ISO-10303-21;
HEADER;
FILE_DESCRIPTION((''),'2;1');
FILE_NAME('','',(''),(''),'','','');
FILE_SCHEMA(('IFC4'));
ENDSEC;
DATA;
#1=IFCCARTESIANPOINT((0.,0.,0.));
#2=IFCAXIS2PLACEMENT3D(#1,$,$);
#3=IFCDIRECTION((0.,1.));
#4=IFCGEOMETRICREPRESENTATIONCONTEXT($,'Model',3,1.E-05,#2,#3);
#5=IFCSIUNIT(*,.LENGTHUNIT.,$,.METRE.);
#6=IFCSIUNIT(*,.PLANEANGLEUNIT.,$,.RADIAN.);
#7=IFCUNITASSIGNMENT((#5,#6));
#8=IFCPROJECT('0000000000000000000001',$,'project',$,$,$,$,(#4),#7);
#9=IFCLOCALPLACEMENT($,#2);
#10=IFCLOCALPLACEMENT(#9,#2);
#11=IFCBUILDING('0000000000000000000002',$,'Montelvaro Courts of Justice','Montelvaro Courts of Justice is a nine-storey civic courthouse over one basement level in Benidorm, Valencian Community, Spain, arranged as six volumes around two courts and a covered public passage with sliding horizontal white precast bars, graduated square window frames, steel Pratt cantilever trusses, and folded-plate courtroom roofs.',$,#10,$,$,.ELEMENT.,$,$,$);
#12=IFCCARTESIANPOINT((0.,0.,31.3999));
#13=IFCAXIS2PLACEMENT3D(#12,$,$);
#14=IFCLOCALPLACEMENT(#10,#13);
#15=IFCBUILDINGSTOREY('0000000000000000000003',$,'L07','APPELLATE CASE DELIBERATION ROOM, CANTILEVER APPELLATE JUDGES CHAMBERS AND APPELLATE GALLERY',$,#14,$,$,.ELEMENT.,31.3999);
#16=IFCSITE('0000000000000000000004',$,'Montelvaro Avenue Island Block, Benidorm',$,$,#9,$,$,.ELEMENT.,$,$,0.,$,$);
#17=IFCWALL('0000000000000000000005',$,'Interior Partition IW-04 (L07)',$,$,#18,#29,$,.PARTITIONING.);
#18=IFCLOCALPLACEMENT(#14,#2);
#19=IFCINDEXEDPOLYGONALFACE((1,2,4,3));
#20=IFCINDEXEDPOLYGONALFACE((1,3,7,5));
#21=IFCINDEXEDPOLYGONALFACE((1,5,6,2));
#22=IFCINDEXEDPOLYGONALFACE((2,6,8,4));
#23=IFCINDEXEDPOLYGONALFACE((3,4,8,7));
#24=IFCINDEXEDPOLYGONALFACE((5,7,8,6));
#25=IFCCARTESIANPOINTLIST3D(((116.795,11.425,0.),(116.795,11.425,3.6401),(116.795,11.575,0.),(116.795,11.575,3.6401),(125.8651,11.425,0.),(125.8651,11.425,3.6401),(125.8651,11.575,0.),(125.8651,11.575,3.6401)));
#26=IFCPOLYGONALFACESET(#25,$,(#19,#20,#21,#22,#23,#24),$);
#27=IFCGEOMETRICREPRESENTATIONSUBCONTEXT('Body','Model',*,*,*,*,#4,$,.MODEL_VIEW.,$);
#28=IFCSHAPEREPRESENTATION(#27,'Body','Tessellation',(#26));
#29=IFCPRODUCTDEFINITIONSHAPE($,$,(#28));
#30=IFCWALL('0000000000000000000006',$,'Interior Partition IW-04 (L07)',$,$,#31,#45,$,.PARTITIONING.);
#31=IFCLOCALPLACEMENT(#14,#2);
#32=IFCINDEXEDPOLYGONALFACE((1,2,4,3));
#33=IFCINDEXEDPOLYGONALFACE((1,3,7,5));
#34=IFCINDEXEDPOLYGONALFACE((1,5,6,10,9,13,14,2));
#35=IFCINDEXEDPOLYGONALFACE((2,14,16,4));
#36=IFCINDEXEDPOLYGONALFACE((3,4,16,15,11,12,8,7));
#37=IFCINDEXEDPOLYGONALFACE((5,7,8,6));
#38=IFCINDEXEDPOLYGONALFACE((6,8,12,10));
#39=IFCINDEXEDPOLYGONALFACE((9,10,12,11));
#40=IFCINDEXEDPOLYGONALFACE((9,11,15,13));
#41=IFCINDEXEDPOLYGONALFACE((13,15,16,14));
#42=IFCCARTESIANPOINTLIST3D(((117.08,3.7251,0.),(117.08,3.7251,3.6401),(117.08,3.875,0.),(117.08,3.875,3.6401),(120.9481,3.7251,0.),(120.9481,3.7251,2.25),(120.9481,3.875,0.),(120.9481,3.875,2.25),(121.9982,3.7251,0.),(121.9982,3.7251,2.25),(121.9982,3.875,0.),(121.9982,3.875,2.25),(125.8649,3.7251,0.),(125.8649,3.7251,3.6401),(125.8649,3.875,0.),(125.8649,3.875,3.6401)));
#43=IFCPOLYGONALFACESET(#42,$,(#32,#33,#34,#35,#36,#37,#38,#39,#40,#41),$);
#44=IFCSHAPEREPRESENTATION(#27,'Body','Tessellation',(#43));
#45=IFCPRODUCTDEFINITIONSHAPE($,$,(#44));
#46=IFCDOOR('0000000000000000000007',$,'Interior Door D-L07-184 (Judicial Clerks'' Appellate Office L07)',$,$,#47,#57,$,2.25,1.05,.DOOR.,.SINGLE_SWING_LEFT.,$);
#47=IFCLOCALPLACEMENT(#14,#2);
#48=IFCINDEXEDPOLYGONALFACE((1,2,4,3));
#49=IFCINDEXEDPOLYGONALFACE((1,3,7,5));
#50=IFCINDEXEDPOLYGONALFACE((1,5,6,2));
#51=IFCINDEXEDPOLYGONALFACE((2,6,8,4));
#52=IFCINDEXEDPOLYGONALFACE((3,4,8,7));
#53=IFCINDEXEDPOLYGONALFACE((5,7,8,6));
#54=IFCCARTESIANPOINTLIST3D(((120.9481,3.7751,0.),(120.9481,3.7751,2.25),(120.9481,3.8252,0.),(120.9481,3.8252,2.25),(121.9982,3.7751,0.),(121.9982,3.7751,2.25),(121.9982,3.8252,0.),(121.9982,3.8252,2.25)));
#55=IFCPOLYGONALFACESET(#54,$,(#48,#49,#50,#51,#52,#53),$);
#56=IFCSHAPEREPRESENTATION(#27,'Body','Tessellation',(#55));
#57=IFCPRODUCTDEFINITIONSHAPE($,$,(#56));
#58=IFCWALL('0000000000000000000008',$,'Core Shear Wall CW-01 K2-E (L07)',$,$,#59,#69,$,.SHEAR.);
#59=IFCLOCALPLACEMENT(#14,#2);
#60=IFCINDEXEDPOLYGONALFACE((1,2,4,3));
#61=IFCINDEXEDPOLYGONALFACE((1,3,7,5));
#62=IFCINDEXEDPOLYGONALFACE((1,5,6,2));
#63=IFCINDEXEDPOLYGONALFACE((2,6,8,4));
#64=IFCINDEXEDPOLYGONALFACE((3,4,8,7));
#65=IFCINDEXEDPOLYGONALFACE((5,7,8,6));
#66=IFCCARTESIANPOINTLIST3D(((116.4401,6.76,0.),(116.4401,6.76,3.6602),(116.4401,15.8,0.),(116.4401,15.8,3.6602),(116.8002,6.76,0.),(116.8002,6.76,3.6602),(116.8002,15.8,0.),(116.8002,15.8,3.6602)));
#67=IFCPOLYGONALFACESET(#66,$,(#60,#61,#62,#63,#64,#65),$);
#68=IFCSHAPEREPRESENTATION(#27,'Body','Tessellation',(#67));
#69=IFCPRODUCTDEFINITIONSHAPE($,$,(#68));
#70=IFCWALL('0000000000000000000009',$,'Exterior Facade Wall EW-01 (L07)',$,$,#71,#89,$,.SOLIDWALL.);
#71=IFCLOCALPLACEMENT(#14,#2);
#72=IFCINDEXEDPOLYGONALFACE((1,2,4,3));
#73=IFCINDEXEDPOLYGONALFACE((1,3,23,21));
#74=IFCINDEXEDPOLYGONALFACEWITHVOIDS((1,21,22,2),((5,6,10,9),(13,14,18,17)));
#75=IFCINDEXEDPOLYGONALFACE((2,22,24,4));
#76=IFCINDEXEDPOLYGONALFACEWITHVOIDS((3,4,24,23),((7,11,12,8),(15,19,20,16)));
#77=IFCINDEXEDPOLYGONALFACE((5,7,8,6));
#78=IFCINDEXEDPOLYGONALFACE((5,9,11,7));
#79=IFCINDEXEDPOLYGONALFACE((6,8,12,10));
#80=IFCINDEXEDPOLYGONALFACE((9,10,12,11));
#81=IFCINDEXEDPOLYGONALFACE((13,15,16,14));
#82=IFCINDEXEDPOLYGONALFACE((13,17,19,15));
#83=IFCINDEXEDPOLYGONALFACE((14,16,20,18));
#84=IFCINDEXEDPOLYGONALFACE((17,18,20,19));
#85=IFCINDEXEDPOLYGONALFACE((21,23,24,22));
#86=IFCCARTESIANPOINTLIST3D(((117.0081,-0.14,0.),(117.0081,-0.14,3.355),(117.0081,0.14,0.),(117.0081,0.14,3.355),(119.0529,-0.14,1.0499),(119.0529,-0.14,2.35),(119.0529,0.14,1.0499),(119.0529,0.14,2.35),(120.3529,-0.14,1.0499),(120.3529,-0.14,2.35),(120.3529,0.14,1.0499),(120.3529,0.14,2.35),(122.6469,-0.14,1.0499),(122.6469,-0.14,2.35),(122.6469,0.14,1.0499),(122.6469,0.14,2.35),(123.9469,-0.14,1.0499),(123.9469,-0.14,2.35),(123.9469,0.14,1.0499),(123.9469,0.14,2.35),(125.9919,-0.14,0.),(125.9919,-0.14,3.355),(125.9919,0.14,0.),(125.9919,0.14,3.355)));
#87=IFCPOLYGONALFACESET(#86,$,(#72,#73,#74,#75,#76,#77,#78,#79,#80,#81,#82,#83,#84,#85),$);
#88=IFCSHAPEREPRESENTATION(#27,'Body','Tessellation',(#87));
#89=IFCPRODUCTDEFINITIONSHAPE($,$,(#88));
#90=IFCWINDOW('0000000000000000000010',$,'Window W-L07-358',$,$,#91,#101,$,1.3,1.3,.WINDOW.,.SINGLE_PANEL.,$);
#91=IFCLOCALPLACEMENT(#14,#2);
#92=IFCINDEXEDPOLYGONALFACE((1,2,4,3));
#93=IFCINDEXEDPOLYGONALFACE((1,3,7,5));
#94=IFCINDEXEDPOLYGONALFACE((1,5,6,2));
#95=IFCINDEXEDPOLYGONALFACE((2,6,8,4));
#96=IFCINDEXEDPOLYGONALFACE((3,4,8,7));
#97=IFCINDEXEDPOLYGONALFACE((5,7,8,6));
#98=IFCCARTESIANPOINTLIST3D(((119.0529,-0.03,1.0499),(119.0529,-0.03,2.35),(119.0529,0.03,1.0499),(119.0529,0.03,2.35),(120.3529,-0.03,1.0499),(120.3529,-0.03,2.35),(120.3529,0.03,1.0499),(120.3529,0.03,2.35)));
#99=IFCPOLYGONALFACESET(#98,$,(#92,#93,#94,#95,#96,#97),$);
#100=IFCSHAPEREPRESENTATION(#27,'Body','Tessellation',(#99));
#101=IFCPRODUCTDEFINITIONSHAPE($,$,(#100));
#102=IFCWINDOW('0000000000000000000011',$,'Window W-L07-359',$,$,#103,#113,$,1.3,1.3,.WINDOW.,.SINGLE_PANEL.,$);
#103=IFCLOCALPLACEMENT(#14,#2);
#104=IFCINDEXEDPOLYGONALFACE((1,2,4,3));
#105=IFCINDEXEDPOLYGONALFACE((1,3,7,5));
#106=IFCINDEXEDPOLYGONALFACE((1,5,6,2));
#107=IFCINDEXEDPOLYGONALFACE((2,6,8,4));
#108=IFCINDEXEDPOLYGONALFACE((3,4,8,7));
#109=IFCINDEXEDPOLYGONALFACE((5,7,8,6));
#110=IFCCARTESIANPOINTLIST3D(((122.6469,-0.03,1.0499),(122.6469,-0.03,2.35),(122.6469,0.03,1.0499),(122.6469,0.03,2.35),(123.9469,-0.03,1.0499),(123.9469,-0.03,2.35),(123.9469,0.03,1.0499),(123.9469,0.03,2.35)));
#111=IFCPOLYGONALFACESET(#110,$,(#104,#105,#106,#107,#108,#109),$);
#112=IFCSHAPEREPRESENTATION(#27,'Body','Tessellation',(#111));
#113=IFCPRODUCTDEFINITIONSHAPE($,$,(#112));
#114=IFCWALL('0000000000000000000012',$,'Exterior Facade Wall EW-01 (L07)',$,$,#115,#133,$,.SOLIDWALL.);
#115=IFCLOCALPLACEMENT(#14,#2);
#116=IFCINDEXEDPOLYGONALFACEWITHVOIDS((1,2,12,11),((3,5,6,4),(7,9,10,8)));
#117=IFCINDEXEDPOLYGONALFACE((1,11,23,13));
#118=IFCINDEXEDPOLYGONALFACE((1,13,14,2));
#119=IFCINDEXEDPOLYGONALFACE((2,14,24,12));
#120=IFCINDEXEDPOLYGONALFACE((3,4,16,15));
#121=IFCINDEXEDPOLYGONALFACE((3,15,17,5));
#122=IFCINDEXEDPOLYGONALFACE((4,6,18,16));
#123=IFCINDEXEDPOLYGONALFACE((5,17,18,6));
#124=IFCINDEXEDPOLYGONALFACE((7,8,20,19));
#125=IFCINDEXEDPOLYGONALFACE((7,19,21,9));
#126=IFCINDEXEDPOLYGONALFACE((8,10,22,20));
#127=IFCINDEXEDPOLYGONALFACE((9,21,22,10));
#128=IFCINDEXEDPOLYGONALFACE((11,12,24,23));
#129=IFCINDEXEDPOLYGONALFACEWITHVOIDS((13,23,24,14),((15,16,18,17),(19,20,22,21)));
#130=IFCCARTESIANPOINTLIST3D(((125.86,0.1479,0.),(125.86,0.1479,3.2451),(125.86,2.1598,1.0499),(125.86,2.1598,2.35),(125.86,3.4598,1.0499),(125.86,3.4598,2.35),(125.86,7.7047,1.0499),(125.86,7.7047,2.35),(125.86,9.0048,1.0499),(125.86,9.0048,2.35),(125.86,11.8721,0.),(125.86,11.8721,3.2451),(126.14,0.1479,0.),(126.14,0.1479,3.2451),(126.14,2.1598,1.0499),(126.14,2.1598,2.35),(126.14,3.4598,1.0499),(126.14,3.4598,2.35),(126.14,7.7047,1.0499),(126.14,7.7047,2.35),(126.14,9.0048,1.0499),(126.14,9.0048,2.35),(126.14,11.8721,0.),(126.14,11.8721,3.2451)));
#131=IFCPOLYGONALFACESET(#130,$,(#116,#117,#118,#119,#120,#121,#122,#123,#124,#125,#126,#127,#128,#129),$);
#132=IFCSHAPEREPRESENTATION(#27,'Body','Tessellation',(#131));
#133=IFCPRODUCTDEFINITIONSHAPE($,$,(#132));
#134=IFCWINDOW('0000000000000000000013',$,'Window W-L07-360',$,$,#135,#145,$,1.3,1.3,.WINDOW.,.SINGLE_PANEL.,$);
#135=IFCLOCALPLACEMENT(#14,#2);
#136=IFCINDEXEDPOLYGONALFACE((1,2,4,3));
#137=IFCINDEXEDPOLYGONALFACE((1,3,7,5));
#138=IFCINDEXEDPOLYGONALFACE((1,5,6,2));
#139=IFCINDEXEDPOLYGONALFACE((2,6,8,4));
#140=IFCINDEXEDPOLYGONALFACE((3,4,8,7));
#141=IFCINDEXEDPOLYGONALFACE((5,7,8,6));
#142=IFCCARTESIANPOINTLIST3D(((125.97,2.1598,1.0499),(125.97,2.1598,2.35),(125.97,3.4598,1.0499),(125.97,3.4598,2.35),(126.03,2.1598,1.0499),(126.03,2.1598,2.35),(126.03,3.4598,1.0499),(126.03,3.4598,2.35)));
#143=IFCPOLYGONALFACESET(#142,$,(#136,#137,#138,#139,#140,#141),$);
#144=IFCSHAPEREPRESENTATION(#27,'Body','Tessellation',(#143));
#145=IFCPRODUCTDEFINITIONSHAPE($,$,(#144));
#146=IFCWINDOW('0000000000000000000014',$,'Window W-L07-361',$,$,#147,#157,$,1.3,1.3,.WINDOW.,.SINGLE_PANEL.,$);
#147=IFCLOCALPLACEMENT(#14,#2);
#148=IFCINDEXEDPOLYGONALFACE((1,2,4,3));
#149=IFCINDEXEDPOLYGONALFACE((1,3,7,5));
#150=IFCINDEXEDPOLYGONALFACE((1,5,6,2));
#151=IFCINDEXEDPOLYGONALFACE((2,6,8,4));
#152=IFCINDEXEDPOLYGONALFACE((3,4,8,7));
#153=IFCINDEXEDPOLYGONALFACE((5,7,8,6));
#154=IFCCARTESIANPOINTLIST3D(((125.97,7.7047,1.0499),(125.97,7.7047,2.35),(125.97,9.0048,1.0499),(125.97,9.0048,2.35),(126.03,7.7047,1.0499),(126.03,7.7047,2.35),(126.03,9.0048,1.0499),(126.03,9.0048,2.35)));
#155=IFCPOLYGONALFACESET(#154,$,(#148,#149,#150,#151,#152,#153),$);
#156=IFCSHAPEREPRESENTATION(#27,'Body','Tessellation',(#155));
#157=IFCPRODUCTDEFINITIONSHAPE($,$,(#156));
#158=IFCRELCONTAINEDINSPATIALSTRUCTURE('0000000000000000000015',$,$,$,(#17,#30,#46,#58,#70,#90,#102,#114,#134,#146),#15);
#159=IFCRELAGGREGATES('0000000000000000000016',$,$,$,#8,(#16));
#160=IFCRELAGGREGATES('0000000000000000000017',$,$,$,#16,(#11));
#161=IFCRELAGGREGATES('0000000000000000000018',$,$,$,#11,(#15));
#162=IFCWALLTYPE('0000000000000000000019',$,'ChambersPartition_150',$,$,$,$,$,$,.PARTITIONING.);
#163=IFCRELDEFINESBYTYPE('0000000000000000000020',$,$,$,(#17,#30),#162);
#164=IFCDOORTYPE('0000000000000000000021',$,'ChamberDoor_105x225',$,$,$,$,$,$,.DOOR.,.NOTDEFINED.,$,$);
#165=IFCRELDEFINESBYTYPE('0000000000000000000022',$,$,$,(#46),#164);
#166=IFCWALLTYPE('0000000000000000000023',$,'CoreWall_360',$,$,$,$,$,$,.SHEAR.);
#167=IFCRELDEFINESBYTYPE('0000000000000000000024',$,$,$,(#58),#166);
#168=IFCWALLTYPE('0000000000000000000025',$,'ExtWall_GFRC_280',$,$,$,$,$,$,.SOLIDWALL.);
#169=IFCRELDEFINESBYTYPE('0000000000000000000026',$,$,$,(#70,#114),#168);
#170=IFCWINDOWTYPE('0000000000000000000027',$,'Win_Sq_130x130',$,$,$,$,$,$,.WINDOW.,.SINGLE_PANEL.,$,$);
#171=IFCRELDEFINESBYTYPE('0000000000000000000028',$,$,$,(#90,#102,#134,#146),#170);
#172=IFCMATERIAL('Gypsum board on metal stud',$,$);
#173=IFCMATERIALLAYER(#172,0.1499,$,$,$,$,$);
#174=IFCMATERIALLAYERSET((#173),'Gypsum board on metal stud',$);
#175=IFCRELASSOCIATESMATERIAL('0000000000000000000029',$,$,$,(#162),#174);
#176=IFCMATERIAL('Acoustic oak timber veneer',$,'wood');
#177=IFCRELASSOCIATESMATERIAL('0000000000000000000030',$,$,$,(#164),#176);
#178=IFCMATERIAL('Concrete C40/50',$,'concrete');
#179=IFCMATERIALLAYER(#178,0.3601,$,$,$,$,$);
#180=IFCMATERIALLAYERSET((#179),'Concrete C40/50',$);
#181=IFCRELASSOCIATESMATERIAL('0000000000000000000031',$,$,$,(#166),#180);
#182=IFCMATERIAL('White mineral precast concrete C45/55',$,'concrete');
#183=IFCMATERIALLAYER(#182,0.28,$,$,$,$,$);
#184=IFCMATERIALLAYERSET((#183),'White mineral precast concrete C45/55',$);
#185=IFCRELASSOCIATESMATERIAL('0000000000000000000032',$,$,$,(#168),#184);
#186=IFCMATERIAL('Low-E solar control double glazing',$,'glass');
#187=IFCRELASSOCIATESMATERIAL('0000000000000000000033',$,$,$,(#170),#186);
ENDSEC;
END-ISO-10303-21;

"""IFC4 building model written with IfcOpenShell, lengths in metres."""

from ifc_helpers import new_model, si_unit, direction, frame, frame_2d, origin, place, context, subcontext, project, spatial, rectangle, extrude, material, layer, layer_set, type_object, element, fill, save


model = new_model("IFC4")

# Units and contexts
model_context = context("Model", 3, precision=1e-05, world=origin(), true_north=direction((0.0, 1.0)))
body_context = subcontext(model_context, "Body", "Model", "MODEL_VIEW")
ifc_project = project(units=[si_unit("LENGTHUNIT", "METRE"), si_unit("PLANEANGLEUNIT", "RADIAN")], contexts=[model_context])

# Site, building, storey
site_placement = place(None, origin())
site = spatial("IfcSite", under=ifc_project, at=site_placement, Name="Montelvaro Avenue Island Block, Benidorm", CompositionType="ELEMENT", RefElevation=0.0)
building_placement = place(site_placement, origin())
building = spatial("IfcBuilding", under=site, at=building_placement, Name="Montelvaro Courts of Justice", Description="Montelvaro Courts of Justice is a nine-storey civic courthouse over one basement level in Benidorm, Valencian Community, Spain, arranged as six volumes around two courts and a covered public passage with sliding horizontal white precast bars, graduated square window frames, steel Pratt cantilever trusses, and folded-plate courtroom roofs.", CompositionType="ELEMENT")
storey_placement = place(building_placement, frame((0.0, 0.0, 31.3999)))
storey = spatial("IfcBuildingStorey", under=building, at=storey_placement, Name="L07", Description="APPELLATE CASE DELIBERATION ROOM, CANTILEVER APPELLATE JUDGES CHAMBERS AND APPELLATE GALLERY", CompositionType="ELEMENT", Elevation=31.3999)

# Shared definitions
ifc_material_1 = material(Name="White mineral precast concrete C45/55", Category="concrete")

# Wall
ifc_material_2 = material(Name="Gypsum board on metal stud")
ifc_layer_1 = layer(ifc_material_2, 0.1499)
ifc_layer_set_1 = layer_set([ifc_layer_1], Name="Gypsum board on metal stud")
wall_type_1 = type_object("IfcWallType", Name="ChambersPartition_150", PredefinedType="PARTITIONING", material=ifc_layer_set_1)
wall_1_placement = place(storey_placement, frame((116.7949, 11.5, 0.0), z_axis=(0.0, 0.0, 1.0), x_axis=(1.0, 0.0, 0.0)))
element("IfcWall", 1, at=wall_1_placement, inside=storey, type_object=wall_type_1, Name="Interior Partition IW-04 (L07)", PredefinedType="PARTITIONING", context=body_context, shape_type="SweptSolid", body=[
    extrude(rectangle(XDim=9.0701, YDim=0.1499, at=frame_2d((4.5352, 0.0))), origin(), (0.0, 0.0, 1.0), 3.6401),
])

# Wall, opening, door
wall_2_placement = place(storey_placement, frame((125.865, 3.8, 0.0), z_axis=(0.0, 0.0, 1.0), x_axis=(-1.0, 0.0, 0.0)))
wall_2 = element("IfcWall", 2, at=wall_2_placement, inside=storey, type_object=wall_type_1, Name="Interior Partition IW-04 (L07)", PredefinedType="PARTITIONING", context=body_context, shape_type="SweptSolid", body=[
    extrude(rectangle(XDim=8.7849, YDim=0.1499, at=frame_2d((4.3926, 0.0))), origin(), (0.0, 0.0, 1.0), 3.6401),
])
opening_1_placement = place(wall_2_placement, frame((3.8669, 0.0, 0.0)))
opening_1 = element("IfcOpeningElement", 3, at=opening_1_placement, cuts=wall_2, PredefinedType="OPENING", context=body_context, shape_type="SweptSolid", body=[
    extrude(rectangle(XDim=1.05, YDim=2.25, at=frame_2d((0.5249, 1.125))), frame((0.0, 0.0898, 0.0), z_axis=(0.0, -1.0, 0.0), x_axis=(1.0, 0.0, 0.0)), (0.0, 0.0, 1.0), 0.1797),
])
ifc_material_3 = material(Name="Acoustic oak timber veneer", Category="wood")
door_type = type_object("IfcDoorType", Name="ChamberDoor_105x225", OperationType="NOTDEFINED", PredefinedType="DOOR", material=ifc_material_3)
door_placement = place(opening_1_placement, origin())
door = element("IfcDoor", 4, at=door_placement, inside=storey, type_object=door_type, Name="Interior Door D-L07-184 (Judicial Clerks' Appellate Office L07)", OperationType="SINGLE_SWING_LEFT", OverallHeight=2.25, OverallWidth=1.05, PredefinedType="DOOR", context=body_context, shape_type="SweptSolid", body=[
    extrude(rectangle(XDim=1.05, YDim=2.25, at=frame_2d((0.5249, 1.125))), frame((0.0, 0.0249, 0.0), z_axis=(0.0, -1.0, 0.0), x_axis=(1.0, 0.0, 0.0)), (0.0, 0.0, 1.0), 0.05),
])
fill(opening_1, door)

# Wall
ifc_material_4 = material(Name="Concrete C40/50", Category="concrete")
ifc_layer_2 = layer(ifc_material_4, 0.3601)
ifc_layer_set_2 = layer_set([ifc_layer_2], Name="Concrete C40/50")
wall_type_2 = type_object("IfcWallType", Name="CoreWall_360", PredefinedType="SHEAR", material=ifc_layer_set_2)
wall_3_placement = place(storey_placement, frame((116.6201, 6.76, 0.0), z_axis=(0.0, 0.0, 1.0), x_axis=(0.0, 1.0, 0.0)))
element("IfcWall", 5, at=wall_3_placement, inside=storey, type_object=wall_type_2, Name="Core Shear Wall CW-01 K2-E (L07)", PredefinedType="SHEAR", context=body_context, shape_type="SweptSolid", body=[
    extrude(rectangle(XDim=9.04, YDim=0.3601, at=frame_2d((4.52, 0.0))), origin(), (0.0, 0.0, 1.0), 3.6602),
])

# Walls, openings, windows
ifc_layer_3 = layer(ifc_material_1, 0.28)
ifc_layer_set_3 = layer_set([ifc_layer_3], Name="White mineral precast concrete C45/55")
wall_type_3 = type_object("IfcWallType", Name="ExtWall_GFRC_280", PredefinedType="SOLIDWALL", material=ifc_layer_set_3)
wall_4_placement = place(storey_placement, frame((117.0081, 0.0, 0.0), z_axis=(0.0, 0.0, 1.0), x_axis=(1.0, 0.0, 0.0)))
wall_4 = element("IfcWall", 6, at=wall_4_placement, inside=storey, type_object=wall_type_3, Name="Exterior Facade Wall EW-01 (L07)", PredefinedType="SOLIDWALL", context=body_context, shape_type="SweptSolid", body=[
    extrude(rectangle(XDim=8.9839, YDim=0.28, at=frame_2d((4.4919, 0.0))), origin(), (0.0, 0.0, 1.0), 3.355),
])
opening_2_placement = place(wall_4_placement, frame((2.0449, 0.0, 1.05)))
opening_2 = element("IfcOpeningElement", 7, at=opening_2_placement, cuts=wall_4, PredefinedType="OPENING", context=body_context, shape_type="SweptSolid", body=[
    extrude(rectangle(XDim=1.3, YDim=1.3, at=frame_2d((0.6499, 0.6499))), frame((0.0, 0.1548, 0.0), z_axis=(0.0, -1.0, 0.0), x_axis=(1.0, 0.0, 0.0)), (0.0, 0.0, 1.0), 0.3098),
])
opening_3_placement = place(wall_4_placement, frame((5.6389, 0.0, 1.05)))
opening_3 = element("IfcOpeningElement", 8, at=opening_3_placement, cuts=wall_4, PredefinedType="OPENING", context=body_context, shape_type="SweptSolid", body=[
    extrude(rectangle(XDim=1.3, YDim=1.3, at=frame_2d((0.6499, 0.6499))), frame((0.0, 0.1548, 0.0), z_axis=(0.0, -1.0, 0.0), x_axis=(1.0, 0.0, 0.0)), (0.0, 0.0, 1.0), 0.3098),
])
ifc_material_5 = material(Name="Low-E solar control double glazing", Category="glass")
window_type = type_object("IfcWindowType", Name="Win_Sq_130x130", PartitioningType="SINGLE_PANEL", PredefinedType="WINDOW", material=ifc_material_5)
window_1_placement = place(opening_2_placement, origin())
window_1 = element("IfcWindow", 9, at=window_1_placement, inside=storey, type_object=window_type, Name="Window W-L07-358", OverallHeight=1.3, OverallWidth=1.3, PartitioningType="SINGLE_PANEL", PredefinedType="WINDOW", context=body_context, shape_type="SweptSolid", body=[
    extrude(rectangle(XDim=1.3, YDim=1.3, at=frame_2d((0.6499, 0.6499))), frame((0.0, 0.03, 0.0), z_axis=(0.0, -1.0, 0.0), x_axis=(1.0, 0.0, 0.0)), (0.0, 0.0, 1.0), 0.0601),
])
fill(opening_2, window_1)
window_2_placement = place(opening_3_placement, origin())
window_2 = element("IfcWindow", 10, at=window_2_placement, inside=storey, type_object=window_type, Name="Window W-L07-359", OverallHeight=1.3, OverallWidth=1.3, PartitioningType="SINGLE_PANEL", PredefinedType="WINDOW", context=body_context, shape_type="SweptSolid", body=[
    extrude(rectangle(XDim=1.3, YDim=1.3, at=frame_2d((0.6499, 0.6499))), frame((0.0, 0.03, 0.0), z_axis=(0.0, -1.0, 0.0), x_axis=(1.0, 0.0, 0.0)), (0.0, 0.0, 1.0), 0.0601),
])
fill(opening_3, window_2)
wall_5_placement = place(storey_placement, frame((126.0, 0.1479, 0.0), z_axis=(0.0, 0.0, 1.0), x_axis=(0.0, 1.0, 0.0)))
wall_5 = element("IfcWall", 11, at=wall_5_placement, inside=storey, type_object=wall_type_3, Name="Exterior Facade Wall EW-01 (L07)", PredefinedType="SOLIDWALL", context=body_context, shape_type="SweptSolid", body=[
    extrude(rectangle(XDim=11.7241, YDim=0.28, at=frame_2d((5.8621, 0.0))), origin(), (0.0, 0.0, 1.0), 3.2451),
])
opening_4_placement = place(wall_5_placement, frame((2.012, 0.0, 1.05)))
opening_4 = element("IfcOpeningElement", 12, at=opening_4_placement, cuts=wall_5, PredefinedType="OPENING", context=body_context, shape_type="SweptSolid", body=[
    extrude(rectangle(XDim=1.3, YDim=1.3, at=frame_2d((0.6499, 0.6499))), frame((0.0, 0.1548, 0.0), z_axis=(0.0, -1.0, 0.0), x_axis=(1.0, 0.0, 0.0)), (0.0, 0.0, 1.0), 0.3098),
])
opening_5_placement = place(wall_5_placement, frame((7.5569, 0.0, 1.05)))
opening_5 = element("IfcOpeningElement", 13, at=opening_5_placement, cuts=wall_5, PredefinedType="OPENING", context=body_context, shape_type="SweptSolid", body=[
    extrude(rectangle(XDim=1.3, YDim=1.3, at=frame_2d((0.6499, 0.6499))), frame((0.0, 0.1548, 0.0), z_axis=(0.0, -1.0, 0.0), x_axis=(1.0, 0.0, 0.0)), (0.0, 0.0, 1.0), 0.3098),
])
window_3_placement = place(opening_4_placement, origin())
window_3 = element("IfcWindow", 14, at=window_3_placement, inside=storey, type_object=window_type, Name="Window W-L07-360", OverallHeight=1.3, OverallWidth=1.3, PartitioningType="SINGLE_PANEL", PredefinedType="WINDOW", context=body_context, shape_type="SweptSolid", body=[
    extrude(rectangle(XDim=1.3, YDim=1.3, at=frame_2d((0.6499, 0.6499))), frame((0.0, 0.03, 0.0), z_axis=(0.0, -1.0, 0.0), x_axis=(1.0, 0.0, 0.0)), (0.0, 0.0, 1.0), 0.0601),
])
fill(opening_4, window_3)
window_4_placement = place(opening_5_placement, origin())
window_4 = element("IfcWindow", 15, at=window_4_placement, inside=storey, type_object=window_type, Name="Window W-L07-361", OverallHeight=1.3, OverallWidth=1.3, PartitioningType="SINGLE_PANEL", PredefinedType="WINDOW", context=body_context, shape_type="SweptSolid", body=[
    extrude(rectangle(XDim=1.3, YDim=1.3, at=frame_2d((0.6499, 0.6499))), frame((0.0, 0.03, 0.0), z_axis=(0.0, -1.0, 0.0), x_axis=(1.0, 0.0, 0.0)), (0.0, 0.0, 1.0), 0.0601),
])
fill(opening_5, window_4)

save(model, "model.ifc")
